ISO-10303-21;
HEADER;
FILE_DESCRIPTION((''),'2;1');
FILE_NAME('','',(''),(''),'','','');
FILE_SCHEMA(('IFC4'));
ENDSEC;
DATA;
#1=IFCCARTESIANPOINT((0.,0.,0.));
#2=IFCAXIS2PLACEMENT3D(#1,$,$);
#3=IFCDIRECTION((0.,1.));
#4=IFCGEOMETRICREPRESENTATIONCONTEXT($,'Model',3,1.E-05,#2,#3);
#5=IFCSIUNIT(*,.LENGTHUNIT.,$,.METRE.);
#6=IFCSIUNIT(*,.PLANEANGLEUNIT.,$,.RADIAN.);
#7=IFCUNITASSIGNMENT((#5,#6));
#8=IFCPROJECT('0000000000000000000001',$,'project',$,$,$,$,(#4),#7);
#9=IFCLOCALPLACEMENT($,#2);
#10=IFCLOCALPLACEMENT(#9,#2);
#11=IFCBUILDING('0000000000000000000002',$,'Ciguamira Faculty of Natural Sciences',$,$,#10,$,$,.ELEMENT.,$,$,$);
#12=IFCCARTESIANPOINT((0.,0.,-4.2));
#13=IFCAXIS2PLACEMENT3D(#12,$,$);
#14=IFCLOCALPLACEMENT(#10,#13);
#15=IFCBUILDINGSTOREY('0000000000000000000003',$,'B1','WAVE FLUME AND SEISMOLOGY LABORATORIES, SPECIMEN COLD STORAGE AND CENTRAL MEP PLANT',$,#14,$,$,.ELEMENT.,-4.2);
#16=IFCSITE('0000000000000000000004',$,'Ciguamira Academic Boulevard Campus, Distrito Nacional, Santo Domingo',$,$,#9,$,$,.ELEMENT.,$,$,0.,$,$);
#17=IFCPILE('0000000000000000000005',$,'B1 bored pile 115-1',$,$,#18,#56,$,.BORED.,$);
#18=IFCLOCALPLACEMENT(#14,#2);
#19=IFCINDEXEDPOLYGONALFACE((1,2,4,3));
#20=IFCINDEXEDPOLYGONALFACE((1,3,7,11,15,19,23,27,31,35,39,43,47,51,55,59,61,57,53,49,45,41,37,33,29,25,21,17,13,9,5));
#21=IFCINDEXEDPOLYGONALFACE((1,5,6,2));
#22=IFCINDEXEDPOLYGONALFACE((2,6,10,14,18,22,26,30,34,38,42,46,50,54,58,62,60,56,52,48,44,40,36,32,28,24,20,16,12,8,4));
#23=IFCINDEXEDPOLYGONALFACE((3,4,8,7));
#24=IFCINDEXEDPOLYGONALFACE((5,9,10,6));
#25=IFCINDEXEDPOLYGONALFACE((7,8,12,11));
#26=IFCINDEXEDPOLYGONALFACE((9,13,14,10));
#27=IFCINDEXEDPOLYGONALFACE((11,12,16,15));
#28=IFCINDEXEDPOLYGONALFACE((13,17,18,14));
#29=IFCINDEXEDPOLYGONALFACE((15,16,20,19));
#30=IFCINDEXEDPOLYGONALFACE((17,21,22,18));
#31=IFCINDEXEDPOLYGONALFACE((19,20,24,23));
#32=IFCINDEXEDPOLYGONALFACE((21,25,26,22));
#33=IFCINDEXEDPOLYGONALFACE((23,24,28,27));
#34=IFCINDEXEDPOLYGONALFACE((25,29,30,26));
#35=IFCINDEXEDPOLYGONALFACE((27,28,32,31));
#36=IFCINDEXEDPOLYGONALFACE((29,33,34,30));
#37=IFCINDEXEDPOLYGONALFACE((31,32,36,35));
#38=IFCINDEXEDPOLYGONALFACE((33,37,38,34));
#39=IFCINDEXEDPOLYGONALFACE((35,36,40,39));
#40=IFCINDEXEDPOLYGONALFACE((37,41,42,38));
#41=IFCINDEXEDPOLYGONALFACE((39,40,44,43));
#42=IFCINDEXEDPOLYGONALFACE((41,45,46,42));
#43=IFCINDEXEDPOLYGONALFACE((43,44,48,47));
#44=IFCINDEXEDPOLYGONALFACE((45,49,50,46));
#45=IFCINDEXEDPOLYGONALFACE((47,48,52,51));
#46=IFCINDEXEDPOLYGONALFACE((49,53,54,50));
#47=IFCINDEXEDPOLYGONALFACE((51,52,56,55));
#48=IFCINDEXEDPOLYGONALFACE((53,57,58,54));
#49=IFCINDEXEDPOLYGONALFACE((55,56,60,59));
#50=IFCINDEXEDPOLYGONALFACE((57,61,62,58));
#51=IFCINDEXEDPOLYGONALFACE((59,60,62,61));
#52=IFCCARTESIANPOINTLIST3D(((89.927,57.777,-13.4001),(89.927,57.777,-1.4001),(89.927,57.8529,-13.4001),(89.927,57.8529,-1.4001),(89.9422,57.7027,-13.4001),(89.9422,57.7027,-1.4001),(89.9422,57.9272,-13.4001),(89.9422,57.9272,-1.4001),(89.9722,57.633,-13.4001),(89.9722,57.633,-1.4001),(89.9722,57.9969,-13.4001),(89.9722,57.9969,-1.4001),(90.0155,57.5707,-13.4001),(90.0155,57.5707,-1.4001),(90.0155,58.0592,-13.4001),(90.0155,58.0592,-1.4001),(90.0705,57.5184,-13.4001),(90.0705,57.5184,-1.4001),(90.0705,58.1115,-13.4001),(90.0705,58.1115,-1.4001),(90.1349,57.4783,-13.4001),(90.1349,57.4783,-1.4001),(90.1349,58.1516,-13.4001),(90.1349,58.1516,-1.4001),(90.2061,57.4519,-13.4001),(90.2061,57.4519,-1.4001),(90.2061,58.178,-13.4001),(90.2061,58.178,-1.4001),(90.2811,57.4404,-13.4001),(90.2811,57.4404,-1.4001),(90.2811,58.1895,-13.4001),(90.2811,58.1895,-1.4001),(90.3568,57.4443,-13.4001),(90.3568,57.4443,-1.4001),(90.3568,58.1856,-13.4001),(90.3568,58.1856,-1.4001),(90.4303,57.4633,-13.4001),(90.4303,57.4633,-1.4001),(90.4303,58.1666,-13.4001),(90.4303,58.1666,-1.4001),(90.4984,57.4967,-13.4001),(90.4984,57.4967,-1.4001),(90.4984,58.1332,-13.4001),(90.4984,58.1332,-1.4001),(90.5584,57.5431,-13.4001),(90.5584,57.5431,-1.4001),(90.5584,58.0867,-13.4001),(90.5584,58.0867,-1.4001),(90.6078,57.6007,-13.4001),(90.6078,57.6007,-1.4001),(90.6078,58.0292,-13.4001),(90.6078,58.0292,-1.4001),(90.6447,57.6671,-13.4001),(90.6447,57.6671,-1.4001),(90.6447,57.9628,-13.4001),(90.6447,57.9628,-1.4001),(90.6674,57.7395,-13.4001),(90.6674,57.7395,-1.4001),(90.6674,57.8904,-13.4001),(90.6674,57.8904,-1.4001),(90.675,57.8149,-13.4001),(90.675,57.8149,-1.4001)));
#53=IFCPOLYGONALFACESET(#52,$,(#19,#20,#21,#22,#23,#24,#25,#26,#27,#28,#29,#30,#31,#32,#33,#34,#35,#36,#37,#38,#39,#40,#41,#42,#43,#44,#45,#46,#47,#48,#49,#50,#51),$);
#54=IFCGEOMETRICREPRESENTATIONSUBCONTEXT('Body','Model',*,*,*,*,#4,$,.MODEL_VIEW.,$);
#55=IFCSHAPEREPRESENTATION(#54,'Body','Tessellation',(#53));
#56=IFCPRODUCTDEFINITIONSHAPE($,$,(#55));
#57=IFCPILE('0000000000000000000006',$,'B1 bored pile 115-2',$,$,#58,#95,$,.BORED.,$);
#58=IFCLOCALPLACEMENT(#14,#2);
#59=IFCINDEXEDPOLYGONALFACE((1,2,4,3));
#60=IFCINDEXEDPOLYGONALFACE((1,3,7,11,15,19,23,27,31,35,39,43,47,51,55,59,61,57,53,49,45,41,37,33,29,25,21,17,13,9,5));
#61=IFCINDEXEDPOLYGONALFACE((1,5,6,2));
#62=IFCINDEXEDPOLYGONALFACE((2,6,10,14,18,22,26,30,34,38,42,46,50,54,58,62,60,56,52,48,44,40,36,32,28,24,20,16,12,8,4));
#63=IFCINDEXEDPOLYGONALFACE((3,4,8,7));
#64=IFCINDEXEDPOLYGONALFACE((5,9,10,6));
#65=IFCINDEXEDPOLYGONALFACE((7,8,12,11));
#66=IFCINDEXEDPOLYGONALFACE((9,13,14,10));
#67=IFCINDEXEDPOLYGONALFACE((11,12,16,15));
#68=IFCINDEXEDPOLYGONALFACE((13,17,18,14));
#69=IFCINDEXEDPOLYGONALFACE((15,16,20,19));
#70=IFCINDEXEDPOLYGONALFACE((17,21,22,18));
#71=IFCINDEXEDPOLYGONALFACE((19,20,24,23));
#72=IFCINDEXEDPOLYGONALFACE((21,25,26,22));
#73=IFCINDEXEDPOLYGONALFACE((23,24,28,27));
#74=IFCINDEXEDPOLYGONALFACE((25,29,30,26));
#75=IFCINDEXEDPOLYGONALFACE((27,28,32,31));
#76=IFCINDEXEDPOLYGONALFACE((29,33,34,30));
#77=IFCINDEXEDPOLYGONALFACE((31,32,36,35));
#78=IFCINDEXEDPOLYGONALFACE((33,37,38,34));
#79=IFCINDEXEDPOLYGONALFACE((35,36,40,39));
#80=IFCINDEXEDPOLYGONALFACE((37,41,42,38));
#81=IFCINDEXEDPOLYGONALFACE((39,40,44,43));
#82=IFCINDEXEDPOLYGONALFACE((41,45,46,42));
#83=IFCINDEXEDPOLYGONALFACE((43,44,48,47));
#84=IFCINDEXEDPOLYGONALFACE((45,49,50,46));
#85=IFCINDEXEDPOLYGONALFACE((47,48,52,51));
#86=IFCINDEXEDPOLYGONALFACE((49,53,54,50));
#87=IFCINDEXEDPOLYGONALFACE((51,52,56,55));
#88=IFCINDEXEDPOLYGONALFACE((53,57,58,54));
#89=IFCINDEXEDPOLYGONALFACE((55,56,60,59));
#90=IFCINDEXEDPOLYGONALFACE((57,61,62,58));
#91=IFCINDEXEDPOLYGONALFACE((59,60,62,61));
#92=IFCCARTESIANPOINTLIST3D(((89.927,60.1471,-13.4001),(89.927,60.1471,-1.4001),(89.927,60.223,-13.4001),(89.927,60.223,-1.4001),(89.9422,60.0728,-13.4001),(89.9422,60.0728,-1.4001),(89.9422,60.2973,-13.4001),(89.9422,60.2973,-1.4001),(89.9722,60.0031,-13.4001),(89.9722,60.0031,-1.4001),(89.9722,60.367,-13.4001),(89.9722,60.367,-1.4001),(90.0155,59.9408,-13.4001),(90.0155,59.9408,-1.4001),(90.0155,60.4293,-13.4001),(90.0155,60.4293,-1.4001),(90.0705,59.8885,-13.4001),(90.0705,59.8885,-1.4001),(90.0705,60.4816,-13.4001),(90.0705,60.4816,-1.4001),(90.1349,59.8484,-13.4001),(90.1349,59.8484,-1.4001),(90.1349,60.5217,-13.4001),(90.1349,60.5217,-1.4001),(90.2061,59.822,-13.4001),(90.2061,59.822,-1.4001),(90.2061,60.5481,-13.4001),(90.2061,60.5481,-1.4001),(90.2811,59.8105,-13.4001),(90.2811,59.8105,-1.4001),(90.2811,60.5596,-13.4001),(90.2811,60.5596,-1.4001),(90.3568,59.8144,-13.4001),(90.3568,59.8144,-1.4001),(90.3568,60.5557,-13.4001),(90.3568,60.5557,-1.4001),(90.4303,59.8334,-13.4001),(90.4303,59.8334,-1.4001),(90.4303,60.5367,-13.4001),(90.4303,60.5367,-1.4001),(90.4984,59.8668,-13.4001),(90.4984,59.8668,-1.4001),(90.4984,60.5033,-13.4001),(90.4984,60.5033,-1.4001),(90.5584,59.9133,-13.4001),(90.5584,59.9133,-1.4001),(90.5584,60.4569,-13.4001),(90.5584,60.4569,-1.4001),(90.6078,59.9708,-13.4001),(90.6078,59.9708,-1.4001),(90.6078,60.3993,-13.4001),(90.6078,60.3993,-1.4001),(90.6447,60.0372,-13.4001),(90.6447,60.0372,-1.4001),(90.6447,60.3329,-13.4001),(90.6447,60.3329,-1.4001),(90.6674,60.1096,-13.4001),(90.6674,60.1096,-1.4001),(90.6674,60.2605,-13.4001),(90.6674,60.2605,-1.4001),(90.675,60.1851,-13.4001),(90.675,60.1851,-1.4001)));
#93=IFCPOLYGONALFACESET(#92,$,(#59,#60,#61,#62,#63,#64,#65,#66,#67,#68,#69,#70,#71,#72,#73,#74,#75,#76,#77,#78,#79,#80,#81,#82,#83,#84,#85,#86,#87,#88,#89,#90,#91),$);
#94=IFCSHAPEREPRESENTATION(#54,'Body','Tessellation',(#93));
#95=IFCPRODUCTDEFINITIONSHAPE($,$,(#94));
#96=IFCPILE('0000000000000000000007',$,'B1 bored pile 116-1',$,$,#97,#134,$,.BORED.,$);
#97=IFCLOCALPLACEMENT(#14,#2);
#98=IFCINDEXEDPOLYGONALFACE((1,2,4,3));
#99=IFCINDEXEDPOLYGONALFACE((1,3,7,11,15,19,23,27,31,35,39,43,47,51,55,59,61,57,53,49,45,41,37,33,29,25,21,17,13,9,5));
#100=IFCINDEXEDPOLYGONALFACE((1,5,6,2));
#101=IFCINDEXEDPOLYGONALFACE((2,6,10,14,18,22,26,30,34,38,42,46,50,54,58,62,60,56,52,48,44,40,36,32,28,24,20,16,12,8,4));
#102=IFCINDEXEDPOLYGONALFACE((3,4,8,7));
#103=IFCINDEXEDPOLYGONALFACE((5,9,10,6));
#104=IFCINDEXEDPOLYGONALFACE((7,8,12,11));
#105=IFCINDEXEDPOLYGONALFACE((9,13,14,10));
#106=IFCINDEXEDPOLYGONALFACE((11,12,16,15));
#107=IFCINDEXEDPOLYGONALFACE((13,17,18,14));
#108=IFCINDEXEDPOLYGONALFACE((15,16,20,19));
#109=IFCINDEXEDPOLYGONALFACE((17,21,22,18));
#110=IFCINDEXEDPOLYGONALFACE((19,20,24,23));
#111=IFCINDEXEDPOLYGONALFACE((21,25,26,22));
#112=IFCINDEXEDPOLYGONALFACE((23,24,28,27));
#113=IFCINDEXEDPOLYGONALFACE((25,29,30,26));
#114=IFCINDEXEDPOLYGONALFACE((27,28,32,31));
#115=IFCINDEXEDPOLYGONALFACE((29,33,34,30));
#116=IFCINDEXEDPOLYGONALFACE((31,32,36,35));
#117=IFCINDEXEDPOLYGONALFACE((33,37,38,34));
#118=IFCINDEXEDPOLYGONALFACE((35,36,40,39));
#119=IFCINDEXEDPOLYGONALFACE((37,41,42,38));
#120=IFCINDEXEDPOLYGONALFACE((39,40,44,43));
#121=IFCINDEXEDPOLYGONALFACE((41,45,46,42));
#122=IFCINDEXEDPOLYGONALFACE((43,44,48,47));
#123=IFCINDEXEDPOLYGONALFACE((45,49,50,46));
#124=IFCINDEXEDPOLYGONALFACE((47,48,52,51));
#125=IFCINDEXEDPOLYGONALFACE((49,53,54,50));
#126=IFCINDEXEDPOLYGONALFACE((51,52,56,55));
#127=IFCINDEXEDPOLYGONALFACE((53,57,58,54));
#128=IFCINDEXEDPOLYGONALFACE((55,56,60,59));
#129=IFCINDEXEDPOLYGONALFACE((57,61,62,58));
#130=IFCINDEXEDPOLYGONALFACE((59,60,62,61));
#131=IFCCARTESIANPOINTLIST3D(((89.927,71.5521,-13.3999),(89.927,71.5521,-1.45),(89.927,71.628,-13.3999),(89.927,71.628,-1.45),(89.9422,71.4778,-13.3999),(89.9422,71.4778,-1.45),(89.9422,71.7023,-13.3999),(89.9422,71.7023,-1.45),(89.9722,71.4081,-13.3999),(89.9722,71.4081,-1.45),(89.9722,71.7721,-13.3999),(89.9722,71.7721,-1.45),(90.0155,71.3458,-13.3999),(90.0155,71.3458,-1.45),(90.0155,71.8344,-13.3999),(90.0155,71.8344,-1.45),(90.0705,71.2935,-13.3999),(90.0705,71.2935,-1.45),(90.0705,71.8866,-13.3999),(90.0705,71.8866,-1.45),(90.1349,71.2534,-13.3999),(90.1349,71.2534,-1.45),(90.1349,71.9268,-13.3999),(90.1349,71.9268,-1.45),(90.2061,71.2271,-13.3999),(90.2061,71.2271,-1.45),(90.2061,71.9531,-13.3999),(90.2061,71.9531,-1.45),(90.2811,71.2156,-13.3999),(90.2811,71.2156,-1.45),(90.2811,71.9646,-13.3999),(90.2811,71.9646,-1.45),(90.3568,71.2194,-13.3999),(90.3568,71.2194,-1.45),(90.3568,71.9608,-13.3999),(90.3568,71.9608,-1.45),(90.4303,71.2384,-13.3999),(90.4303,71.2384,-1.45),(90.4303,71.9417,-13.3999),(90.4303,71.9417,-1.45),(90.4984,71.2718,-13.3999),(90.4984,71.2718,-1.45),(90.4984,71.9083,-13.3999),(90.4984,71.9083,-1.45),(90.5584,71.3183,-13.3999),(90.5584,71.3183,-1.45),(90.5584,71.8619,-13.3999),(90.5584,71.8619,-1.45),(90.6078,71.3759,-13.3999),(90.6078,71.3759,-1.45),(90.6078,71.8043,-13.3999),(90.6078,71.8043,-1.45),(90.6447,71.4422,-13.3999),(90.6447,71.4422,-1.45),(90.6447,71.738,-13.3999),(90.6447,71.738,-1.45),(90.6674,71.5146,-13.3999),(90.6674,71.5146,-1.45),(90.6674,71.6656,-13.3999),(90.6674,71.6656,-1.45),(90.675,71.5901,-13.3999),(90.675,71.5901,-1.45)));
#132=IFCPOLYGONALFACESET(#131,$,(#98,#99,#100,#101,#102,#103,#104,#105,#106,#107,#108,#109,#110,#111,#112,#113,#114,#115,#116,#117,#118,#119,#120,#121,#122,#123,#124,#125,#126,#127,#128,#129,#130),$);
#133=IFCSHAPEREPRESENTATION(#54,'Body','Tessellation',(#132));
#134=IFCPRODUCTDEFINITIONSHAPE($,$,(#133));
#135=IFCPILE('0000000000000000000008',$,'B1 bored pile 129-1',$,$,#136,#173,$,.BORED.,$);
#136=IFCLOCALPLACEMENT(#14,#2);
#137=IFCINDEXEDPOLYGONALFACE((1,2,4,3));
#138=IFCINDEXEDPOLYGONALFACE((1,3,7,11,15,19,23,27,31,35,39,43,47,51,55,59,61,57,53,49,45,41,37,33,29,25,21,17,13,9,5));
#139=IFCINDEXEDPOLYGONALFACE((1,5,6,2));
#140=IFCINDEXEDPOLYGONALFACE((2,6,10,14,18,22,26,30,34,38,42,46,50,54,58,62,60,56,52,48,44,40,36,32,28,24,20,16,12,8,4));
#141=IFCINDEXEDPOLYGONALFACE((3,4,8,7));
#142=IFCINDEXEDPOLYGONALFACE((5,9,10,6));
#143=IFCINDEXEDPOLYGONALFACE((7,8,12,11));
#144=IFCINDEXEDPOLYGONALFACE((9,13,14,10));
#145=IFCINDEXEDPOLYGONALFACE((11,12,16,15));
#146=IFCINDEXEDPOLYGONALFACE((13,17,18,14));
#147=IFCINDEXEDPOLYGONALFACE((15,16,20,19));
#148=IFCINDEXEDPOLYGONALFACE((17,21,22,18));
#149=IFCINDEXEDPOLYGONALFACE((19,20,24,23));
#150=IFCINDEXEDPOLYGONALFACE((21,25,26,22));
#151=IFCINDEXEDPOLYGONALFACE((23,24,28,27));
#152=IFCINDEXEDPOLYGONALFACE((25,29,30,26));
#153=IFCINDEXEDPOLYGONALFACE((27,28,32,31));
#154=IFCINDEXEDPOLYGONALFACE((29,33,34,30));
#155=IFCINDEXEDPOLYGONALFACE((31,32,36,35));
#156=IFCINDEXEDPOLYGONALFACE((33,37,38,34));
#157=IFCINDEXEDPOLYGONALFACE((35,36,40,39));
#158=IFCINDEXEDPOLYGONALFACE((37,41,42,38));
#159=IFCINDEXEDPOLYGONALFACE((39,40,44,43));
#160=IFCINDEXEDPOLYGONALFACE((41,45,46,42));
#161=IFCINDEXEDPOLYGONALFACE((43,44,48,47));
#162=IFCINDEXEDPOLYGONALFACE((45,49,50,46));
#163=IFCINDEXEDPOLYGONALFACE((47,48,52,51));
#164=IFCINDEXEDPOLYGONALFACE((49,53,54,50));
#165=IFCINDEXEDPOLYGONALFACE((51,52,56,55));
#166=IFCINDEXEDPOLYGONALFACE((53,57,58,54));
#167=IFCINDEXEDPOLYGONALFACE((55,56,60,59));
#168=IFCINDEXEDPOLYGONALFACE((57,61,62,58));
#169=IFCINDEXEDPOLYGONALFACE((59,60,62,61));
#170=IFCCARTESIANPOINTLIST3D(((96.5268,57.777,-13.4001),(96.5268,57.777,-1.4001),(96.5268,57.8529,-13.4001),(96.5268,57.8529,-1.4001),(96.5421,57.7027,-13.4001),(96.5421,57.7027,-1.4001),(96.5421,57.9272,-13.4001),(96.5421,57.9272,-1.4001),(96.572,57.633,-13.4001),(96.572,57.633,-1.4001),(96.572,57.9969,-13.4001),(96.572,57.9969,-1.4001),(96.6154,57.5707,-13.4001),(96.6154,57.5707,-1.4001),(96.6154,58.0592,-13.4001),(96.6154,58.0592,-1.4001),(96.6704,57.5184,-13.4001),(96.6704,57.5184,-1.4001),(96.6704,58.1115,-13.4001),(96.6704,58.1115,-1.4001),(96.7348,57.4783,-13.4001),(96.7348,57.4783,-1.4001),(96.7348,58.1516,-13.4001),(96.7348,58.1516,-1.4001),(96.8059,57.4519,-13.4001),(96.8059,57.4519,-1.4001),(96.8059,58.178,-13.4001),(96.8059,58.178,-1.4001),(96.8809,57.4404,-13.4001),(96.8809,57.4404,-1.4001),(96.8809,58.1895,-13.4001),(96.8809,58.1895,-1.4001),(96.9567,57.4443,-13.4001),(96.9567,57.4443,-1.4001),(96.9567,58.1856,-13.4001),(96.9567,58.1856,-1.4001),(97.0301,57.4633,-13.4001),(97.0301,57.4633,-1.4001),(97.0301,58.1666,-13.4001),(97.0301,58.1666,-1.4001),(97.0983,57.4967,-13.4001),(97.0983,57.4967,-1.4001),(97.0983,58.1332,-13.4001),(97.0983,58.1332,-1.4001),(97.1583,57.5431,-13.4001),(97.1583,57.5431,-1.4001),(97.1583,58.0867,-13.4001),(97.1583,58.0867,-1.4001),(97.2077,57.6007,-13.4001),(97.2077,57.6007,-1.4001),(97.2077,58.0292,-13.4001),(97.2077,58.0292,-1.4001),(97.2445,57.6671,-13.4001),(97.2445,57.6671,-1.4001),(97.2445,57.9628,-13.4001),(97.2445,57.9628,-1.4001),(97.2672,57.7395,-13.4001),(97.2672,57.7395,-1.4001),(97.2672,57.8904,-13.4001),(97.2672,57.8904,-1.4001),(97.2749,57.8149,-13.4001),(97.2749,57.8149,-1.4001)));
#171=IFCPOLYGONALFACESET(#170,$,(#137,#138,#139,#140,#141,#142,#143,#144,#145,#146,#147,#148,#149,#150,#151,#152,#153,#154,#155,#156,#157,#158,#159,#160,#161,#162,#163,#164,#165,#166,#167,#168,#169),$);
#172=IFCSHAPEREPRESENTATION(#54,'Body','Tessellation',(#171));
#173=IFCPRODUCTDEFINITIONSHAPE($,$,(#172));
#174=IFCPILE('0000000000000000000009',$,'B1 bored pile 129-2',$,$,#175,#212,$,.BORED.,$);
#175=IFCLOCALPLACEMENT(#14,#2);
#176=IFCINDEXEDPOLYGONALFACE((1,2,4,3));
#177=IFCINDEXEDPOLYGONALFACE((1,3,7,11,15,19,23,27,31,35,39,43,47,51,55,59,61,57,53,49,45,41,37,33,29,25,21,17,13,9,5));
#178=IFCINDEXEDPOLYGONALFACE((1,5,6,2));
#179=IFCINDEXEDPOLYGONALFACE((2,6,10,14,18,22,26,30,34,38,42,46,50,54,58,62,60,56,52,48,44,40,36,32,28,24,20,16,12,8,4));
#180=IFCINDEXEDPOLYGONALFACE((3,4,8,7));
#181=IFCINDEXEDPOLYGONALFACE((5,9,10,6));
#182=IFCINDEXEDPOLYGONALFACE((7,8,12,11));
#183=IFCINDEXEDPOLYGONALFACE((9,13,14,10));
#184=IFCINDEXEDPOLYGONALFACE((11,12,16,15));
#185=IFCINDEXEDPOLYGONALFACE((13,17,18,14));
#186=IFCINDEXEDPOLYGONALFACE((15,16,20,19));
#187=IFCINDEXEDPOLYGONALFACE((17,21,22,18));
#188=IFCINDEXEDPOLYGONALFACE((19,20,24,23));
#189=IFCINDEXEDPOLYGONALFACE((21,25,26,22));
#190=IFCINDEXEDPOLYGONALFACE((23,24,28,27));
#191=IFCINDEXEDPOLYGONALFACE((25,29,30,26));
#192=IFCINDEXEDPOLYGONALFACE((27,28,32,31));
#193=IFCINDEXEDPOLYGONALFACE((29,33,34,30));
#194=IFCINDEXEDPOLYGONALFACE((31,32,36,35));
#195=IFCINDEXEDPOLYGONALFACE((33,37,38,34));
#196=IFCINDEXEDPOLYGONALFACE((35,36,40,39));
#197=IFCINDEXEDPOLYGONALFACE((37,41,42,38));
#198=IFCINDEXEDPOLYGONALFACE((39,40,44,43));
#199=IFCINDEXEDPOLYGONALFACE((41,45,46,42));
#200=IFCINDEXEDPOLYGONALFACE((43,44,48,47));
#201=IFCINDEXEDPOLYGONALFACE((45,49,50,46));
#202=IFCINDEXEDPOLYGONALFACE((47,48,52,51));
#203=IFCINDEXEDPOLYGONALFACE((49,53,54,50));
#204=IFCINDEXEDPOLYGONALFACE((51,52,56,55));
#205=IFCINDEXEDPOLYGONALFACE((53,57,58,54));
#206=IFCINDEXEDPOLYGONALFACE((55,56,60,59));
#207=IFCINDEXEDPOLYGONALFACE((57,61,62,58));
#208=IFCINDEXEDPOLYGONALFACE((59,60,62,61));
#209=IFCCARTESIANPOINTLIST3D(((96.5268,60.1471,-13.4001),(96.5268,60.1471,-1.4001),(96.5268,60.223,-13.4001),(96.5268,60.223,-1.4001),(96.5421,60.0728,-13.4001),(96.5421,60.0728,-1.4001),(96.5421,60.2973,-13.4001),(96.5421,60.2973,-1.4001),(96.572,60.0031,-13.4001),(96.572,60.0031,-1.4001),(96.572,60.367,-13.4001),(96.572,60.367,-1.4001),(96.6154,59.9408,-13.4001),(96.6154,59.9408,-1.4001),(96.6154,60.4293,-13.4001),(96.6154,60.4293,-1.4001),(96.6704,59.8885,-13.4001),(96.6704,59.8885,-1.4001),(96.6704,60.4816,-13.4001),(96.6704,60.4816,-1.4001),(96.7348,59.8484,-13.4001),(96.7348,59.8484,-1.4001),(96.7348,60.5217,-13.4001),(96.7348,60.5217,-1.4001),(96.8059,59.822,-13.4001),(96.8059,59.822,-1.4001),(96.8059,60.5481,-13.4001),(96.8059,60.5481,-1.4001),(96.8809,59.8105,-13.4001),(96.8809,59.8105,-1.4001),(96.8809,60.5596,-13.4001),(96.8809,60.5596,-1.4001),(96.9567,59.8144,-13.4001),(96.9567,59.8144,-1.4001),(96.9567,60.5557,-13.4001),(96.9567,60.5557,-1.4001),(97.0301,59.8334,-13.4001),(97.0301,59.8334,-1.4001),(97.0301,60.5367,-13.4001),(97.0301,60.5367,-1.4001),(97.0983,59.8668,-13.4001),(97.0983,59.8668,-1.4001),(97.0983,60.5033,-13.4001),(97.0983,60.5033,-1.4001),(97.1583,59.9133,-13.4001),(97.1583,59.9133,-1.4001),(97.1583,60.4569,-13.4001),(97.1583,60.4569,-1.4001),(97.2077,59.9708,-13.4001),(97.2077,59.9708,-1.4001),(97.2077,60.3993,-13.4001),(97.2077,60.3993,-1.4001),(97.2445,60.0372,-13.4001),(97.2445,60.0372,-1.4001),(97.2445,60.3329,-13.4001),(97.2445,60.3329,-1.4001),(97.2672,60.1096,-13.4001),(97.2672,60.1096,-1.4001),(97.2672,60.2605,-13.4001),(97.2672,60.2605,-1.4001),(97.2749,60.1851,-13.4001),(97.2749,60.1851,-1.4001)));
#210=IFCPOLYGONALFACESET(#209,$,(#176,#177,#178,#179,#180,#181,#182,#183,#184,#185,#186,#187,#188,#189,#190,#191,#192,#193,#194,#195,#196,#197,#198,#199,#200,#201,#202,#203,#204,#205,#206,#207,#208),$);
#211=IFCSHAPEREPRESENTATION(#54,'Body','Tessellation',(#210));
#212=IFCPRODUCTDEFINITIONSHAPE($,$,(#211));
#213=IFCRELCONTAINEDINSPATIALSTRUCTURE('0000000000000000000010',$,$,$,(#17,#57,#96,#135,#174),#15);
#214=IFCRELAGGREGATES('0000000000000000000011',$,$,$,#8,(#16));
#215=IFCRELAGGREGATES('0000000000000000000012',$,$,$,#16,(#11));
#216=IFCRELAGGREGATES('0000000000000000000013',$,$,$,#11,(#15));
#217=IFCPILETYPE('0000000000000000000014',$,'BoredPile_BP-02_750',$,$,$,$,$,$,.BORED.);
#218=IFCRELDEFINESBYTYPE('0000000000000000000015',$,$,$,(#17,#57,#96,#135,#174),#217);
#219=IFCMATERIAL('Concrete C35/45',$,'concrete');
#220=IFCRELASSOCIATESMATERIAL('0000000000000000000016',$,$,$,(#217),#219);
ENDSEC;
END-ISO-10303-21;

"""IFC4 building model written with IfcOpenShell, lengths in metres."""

from ifc_helpers import new_model, si_unit, direction, frame, origin, origin_2d, place, context, subcontext, project, spatial, circle, extrude, material, material_profile, profile_set, type_object, element, save


model = new_model("IFC4")

# Units and contexts
model_context = context("Model", 3, precision=1e-05, world=origin(), true_north=direction((0.0, 1.0)))
body_context = subcontext(model_context, "Body", "Model", "MODEL_VIEW")
ifc_project = project(units=[si_unit("LENGTHUNIT", "METRE"), si_unit("PLANEANGLEUNIT", "RADIAN")], contexts=[model_context])

# Site, building, storey
site_placement = place(None, origin())
site = spatial("IfcSite", under=ifc_project, at=site_placement, Name="Ciguamira Academic Boulevard Campus, Distrito Nacional, Santo Domingo", CompositionType="ELEMENT", RefElevation=0.0)
building_placement = place(site_placement, origin())
building = spatial("IfcBuilding", under=site, at=building_placement, Name="Ciguamira Faculty of Natural Sciences", CompositionType="ELEMENT")
storey_placement = place(building_placement, frame((0.0, 0.0, -4.2)))
storey = spatial("IfcBuildingStorey", under=building, at=storey_placement, Name="B1", Description="WAVE FLUME AND SEISMOLOGY LABORATORIES, SPECIMEN COLD STORAGE AND CENTRAL MEP PLANT", CompositionType="ELEMENT", Elevation=-4.2)

# Piles
ifc_material_1 = material(Name="Concrete C35/45", Category="concrete")
ifc_material_profile_1 = material_profile(ifc_material_1, circle(Radius=0.375, at=origin_2d()), Name="PILE-BORED-750")
ifc_profile_set_1 = profile_set([ifc_material_profile_1], Name="Concrete C35/45")
pile_type = type_object("IfcPileType", Name="BoredPile_BP-02_750", PredefinedType="BORED", material=ifc_profile_set_1)
for number, where, z_axis, x_axis, name in (
    (1, (90.3, 57.8149, -1.4001), (0.0, 0.0, -1.0), (1.0, 0.0, 0.0), "B1 bored pile 115-1"),
    (2, (90.3, 60.1851, -1.4001), (0.0, 0.0, -1.0), (1.0, 0.0, 0.0), "B1 bored pile 115-2"),
):
    element("IfcPile", number, at=place(storey_placement, frame(where, z_axis=z_axis, x_axis=x_axis)), inside=storey, type_object=pile_type, Name=name, PredefinedType="BORED", context=body_context, shape_type="SweptSolid", body=[
        extrude(circle(Radius=0.375, at=origin_2d()), origin(), (0.0, 0.0, 1.0), 12.0),
    ])
pile_1_placement = place(storey_placement, frame((90.3, 71.5901, -1.45), z_axis=(0.0, 0.0, -1.0), x_axis=(1.0, 0.0, 0.0)))
element("IfcPile", 3, at=pile_1_placement, inside=storey, type_object=pile_type, Name="B1 bored pile 116-1", PredefinedType="BORED", context=body_context, shape_type="SweptSolid", body=[
    extrude(circle(Radius=0.375, at=origin_2d()), origin(), (0.0, 0.0, 1.0), 11.95),
])
for number, where, z_axis, x_axis, name in (
    (4, (96.8999, 57.8149, -1.4001), (0.0, 0.0, -1.0), (1.0, 0.0, 0.0), "B1 bored pile 129-1"),
    (5, (96.8999, 60.1851, -1.4001), (0.0, 0.0, -1.0), (1.0, 0.0, 0.0), "B1 bored pile 129-2"),
):
    element("IfcPile", number, at=place(storey_placement, frame(where, z_axis=z_axis, x_axis=x_axis)), inside=storey, type_object=pile_type, Name=name, PredefinedType="BORED", context=body_context, shape_type="SweptSolid", body=[
        extrude(circle(Radius=0.375, at=origin_2d()), origin(), (0.0, 0.0, 1.0), 12.0),
    ])

save(model, "model.ifc")
